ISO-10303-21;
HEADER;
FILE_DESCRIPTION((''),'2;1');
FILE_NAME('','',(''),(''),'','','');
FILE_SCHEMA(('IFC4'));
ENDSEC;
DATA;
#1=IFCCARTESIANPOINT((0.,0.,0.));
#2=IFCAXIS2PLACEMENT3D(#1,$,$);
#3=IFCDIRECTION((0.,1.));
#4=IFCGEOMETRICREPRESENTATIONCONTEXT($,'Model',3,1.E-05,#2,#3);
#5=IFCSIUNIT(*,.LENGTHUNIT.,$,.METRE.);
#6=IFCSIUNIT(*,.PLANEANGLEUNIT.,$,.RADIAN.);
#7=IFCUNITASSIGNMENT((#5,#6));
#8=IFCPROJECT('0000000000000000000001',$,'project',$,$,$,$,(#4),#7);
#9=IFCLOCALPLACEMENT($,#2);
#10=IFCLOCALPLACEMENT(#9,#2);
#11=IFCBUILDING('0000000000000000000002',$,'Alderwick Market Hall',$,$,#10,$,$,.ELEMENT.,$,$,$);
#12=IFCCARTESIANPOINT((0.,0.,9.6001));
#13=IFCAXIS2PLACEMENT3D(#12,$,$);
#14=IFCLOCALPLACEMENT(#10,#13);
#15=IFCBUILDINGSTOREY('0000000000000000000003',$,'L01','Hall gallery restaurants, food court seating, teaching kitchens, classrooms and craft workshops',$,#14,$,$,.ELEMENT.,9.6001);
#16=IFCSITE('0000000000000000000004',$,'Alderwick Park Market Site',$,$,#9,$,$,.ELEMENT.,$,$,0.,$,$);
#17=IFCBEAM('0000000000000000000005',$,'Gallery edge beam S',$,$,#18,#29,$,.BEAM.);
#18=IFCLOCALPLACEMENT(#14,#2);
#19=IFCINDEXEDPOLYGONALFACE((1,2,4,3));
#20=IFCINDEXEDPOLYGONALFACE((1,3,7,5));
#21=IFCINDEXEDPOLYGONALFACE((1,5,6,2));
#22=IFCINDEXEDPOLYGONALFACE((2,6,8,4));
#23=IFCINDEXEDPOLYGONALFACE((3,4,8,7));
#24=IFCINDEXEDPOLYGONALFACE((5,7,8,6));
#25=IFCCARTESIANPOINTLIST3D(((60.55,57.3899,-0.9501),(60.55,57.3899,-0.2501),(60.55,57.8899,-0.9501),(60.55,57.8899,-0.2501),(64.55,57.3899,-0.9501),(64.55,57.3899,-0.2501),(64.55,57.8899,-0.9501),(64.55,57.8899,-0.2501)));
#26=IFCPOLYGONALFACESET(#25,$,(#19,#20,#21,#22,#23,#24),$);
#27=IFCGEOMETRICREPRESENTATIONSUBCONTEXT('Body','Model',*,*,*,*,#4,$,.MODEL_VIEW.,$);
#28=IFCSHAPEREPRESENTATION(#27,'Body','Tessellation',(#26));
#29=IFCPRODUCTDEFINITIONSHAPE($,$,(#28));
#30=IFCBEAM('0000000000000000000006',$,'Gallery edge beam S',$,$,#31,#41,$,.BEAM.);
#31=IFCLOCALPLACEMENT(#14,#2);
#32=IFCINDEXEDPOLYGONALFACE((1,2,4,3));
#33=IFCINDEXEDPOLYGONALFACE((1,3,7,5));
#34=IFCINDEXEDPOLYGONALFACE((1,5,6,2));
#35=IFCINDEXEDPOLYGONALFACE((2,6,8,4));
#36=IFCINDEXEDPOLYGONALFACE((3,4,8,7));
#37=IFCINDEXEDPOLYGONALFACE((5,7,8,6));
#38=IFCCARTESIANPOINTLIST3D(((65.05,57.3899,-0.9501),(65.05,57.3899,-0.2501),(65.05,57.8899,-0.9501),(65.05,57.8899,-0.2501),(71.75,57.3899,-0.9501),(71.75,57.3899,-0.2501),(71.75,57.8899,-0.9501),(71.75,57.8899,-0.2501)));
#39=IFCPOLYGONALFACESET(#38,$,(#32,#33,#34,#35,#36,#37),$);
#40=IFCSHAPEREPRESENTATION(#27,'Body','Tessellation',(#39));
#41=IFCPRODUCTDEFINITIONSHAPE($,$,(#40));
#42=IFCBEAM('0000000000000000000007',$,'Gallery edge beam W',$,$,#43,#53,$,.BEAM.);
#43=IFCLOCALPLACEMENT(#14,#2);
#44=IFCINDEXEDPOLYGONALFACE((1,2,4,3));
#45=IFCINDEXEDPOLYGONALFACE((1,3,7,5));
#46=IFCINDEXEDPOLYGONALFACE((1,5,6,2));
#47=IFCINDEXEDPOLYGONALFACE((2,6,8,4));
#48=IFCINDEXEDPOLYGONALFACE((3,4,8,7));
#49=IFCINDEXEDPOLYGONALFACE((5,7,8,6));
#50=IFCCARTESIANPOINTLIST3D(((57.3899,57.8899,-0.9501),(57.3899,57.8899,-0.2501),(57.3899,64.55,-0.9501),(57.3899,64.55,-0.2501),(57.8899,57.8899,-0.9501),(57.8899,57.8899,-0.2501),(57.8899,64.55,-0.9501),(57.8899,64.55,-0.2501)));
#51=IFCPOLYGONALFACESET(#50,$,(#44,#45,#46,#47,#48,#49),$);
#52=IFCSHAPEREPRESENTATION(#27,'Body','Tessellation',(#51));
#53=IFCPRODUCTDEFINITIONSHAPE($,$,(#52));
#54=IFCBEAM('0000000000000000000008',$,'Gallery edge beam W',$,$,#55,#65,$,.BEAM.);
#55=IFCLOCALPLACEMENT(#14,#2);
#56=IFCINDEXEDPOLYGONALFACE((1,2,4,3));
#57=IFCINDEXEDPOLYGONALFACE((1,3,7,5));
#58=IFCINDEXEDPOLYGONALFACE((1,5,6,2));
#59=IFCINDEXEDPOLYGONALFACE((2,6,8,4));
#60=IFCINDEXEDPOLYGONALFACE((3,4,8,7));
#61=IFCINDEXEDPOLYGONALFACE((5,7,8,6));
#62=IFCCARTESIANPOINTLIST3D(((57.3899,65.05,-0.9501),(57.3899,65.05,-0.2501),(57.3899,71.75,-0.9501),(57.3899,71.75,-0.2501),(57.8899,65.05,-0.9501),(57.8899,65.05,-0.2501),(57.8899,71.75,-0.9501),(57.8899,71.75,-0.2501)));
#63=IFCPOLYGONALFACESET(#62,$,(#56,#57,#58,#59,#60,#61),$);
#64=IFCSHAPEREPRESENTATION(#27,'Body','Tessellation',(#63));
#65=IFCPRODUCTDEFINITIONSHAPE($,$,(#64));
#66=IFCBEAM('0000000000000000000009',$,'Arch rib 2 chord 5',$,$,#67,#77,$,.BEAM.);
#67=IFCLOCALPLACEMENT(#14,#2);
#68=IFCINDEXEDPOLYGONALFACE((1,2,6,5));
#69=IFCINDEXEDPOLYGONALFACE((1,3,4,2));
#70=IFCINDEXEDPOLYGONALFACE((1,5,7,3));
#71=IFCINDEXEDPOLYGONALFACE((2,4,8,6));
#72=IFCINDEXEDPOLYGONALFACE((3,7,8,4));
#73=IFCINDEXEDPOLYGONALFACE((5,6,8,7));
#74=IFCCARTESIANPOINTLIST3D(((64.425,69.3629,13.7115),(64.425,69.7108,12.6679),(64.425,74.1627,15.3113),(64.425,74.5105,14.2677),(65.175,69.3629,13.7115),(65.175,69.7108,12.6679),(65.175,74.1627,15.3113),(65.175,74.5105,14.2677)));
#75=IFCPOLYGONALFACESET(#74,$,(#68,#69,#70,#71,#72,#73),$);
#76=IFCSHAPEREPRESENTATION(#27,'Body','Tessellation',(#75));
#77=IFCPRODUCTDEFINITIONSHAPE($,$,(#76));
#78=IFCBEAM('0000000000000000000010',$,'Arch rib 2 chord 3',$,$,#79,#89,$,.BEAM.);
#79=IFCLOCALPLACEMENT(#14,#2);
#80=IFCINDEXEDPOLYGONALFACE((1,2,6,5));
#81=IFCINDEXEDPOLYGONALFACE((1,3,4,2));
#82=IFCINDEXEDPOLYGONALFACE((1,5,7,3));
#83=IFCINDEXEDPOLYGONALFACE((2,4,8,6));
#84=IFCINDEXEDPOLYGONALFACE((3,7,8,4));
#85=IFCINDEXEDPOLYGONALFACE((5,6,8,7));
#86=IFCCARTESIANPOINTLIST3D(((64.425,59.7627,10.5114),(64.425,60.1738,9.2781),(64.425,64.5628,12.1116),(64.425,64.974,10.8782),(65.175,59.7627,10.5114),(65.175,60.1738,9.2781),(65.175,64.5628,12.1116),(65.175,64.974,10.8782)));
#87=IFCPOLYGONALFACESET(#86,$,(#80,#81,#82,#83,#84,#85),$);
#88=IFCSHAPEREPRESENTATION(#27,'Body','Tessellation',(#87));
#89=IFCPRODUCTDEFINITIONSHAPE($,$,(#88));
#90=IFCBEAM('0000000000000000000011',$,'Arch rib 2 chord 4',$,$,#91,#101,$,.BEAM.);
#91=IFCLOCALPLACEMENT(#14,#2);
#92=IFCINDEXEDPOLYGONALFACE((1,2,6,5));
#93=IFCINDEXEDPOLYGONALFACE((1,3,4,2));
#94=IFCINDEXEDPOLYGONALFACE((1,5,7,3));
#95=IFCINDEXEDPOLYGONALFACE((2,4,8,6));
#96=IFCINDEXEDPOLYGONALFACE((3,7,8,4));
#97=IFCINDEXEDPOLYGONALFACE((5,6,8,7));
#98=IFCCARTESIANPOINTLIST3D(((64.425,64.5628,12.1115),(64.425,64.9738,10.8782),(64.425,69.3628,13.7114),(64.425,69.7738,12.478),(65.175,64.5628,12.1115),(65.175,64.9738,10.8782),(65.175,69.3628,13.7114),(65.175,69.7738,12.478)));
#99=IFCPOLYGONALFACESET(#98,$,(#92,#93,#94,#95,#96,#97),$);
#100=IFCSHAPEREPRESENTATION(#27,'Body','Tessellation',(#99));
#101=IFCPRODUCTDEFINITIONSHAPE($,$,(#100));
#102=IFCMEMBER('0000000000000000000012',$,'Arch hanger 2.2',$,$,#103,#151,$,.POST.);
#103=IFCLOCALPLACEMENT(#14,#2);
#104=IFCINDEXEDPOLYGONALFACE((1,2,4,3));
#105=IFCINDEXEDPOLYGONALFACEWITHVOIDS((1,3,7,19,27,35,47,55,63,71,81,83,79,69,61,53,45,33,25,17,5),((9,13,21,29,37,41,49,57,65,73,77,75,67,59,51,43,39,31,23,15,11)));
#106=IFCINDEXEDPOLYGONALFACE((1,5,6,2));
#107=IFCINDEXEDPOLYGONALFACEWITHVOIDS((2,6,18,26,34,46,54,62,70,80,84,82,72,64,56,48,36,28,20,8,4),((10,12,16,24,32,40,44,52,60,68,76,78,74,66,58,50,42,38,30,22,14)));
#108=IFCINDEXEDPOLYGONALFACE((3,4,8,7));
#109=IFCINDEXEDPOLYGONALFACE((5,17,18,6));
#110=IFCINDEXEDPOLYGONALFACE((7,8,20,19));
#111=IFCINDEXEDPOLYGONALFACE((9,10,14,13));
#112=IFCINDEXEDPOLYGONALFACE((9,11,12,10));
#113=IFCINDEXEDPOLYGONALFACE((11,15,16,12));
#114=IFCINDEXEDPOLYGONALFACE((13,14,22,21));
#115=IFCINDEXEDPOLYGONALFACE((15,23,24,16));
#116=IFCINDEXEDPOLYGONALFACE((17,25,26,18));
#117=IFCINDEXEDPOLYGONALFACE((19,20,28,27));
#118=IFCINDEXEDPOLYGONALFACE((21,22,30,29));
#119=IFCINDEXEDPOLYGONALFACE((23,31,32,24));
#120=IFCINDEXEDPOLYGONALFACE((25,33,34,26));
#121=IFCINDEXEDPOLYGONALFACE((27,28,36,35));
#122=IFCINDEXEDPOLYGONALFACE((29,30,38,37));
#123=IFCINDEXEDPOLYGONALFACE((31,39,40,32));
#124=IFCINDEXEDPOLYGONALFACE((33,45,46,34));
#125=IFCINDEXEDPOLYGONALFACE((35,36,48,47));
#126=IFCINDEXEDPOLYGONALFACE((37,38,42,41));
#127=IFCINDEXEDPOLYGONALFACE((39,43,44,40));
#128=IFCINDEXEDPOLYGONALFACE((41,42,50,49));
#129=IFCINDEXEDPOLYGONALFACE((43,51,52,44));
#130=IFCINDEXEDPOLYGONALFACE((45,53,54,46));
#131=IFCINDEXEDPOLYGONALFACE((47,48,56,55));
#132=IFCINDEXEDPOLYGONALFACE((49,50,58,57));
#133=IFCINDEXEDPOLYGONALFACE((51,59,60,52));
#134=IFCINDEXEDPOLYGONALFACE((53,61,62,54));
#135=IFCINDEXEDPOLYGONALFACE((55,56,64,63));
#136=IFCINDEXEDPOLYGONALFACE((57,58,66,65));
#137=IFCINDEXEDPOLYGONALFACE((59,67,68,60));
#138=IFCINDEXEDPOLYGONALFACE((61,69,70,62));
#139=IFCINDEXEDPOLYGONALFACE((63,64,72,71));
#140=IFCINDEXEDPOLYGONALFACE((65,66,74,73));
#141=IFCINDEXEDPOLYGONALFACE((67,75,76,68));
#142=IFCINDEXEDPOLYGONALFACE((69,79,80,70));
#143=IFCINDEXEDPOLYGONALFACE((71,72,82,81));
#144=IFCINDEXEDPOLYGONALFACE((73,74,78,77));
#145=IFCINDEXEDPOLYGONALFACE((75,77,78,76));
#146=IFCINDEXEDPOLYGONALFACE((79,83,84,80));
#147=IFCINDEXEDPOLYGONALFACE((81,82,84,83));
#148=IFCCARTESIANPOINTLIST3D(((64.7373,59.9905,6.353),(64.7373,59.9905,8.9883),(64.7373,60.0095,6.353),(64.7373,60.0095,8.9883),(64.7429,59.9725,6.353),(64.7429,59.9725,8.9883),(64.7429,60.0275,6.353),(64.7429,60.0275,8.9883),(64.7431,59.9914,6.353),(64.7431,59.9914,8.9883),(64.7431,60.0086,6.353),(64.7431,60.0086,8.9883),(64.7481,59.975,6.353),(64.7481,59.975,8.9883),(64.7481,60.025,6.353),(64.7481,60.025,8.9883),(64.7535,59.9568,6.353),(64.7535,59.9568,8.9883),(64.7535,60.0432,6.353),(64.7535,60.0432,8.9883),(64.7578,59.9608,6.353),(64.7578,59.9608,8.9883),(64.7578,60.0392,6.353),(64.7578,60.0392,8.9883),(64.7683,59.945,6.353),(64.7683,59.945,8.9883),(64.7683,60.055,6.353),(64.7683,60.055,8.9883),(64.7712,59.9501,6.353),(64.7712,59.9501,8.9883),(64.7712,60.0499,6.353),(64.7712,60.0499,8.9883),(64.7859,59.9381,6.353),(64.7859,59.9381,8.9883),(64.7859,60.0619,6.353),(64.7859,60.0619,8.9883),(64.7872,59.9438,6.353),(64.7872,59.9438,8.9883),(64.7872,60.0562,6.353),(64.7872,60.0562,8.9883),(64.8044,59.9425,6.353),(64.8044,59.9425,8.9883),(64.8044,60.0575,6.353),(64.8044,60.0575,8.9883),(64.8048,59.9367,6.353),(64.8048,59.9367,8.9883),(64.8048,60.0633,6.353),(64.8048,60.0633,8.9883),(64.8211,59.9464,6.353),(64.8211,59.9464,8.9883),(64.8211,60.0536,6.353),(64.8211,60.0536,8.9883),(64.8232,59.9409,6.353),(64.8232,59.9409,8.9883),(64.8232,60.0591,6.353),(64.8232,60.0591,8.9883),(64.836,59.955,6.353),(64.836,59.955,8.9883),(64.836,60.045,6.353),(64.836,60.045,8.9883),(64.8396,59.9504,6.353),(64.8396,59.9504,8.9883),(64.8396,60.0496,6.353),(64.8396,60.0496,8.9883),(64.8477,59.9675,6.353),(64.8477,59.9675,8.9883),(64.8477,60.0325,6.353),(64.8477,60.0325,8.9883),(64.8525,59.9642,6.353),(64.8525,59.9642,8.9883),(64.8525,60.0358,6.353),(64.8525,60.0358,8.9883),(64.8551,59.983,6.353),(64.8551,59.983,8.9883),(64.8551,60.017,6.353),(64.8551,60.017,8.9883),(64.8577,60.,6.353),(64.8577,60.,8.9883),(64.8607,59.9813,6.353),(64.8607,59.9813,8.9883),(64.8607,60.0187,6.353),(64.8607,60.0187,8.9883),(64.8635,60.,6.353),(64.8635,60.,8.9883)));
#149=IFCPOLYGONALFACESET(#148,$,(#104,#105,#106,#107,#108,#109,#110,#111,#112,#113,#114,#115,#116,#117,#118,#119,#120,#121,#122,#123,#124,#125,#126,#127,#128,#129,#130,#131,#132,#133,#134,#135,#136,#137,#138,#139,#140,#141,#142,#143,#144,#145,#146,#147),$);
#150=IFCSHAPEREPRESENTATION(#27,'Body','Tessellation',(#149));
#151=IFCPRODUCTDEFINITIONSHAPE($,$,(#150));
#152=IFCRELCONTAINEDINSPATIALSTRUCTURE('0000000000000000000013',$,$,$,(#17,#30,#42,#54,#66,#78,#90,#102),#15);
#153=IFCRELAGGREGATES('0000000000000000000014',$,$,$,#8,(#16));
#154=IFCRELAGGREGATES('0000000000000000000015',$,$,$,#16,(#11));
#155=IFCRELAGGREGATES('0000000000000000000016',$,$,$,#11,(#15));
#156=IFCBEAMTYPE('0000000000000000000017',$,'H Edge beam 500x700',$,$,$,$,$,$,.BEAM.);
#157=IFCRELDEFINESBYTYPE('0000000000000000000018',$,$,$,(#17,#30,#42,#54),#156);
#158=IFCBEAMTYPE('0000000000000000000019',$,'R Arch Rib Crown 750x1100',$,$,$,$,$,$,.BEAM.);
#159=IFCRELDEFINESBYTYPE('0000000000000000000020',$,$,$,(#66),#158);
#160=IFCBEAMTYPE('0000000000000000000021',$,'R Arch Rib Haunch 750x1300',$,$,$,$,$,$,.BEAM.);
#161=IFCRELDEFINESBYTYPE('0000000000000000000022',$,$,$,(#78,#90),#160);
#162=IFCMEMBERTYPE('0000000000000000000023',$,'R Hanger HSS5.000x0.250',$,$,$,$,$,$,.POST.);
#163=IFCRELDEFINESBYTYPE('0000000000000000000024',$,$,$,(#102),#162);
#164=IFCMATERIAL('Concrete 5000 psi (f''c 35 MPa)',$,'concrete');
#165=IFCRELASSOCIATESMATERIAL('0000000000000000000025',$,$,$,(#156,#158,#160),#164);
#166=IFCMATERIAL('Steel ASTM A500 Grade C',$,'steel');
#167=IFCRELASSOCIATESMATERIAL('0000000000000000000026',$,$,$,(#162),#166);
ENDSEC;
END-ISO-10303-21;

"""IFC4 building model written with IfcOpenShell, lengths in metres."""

from ifc_helpers import new_model, si_unit, direction, frame, origin, origin_2d, place, context, subcontext, project, spatial, rectangle, hollow_circle, extrude, material, material_profile, profile_set, type_object, element, save


model = new_model("IFC4")

# Units and contexts
model_context = context("Model", 3, precision=1e-05, world=origin(), true_north=direction((0.0, 1.0)))
body_context = subcontext(model_context, "Body", "Model", "MODEL_VIEW")
ifc_project = project(units=[si_unit("LENGTHUNIT", "METRE"), si_unit("PLANEANGLEUNIT", "RADIAN")], contexts=[model_context])

# Site, building, storey
site_placement = place(None, origin())
site = spatial("IfcSite", under=ifc_project, at=site_placement, Name="Alderwick Park Market Site", CompositionType="ELEMENT", RefElevation=0.0)
building_placement = place(site_placement, origin())
building = spatial("IfcBuilding", under=site, at=building_placement, Name="Alderwick Market Hall", CompositionType="ELEMENT")
storey_placement = place(building_placement, frame((0.0, 0.0, 9.6001)))
storey = spatial("IfcBuildingStorey", under=building, at=storey_placement, Name="L01", Description="Hall gallery restaurants, food court seating, teaching kitchens, classrooms and craft workshops", CompositionType="ELEMENT", Elevation=9.6001)

# Beams
ifc_material_1 = material(Name="Concrete 5000 psi (f'c 35 MPa)", Category="concrete")
ifc_material_profile_1 = material_profile(ifc_material_1, rectangle(XDim=0.5, YDim=0.7, at=origin_2d()), Name="RC 500x700")
ifc_profile_set_1 = profile_set([ifc_material_profile_1], Name="Concrete 5000 psi (f'c 35 MPa)")
beam_type_1 = type_object("IfcBeamType", Name="H Edge beam 500x700", PredefinedType="BEAM", material=ifc_profile_set_1)
beam_1_placement = place(storey_placement, frame((60.55, 57.6399, -0.6001), z_axis=(1.0, 0.0, 0.0), x_axis=(0.0, 1.0, 0.0)))
element("IfcBeam", 1, at=beam_1_placement, inside=storey, type_object=beam_type_1, Name="Gallery edge beam S", PredefinedType="BEAM", context=body_context, shape_type="SweptSolid", body=[
    extrude(rectangle(XDim=0.5, YDim=0.7, at=origin_2d()), origin(), (0.0, 0.0, 1.0), 4.0),
])
beam_2_placement = place(storey_placement, frame((65.05, 57.6399, -0.6001), z_axis=(1.0, 0.0, 0.0), x_axis=(0.0, 1.0, 0.0)))
element("IfcBeam", 2, at=beam_2_placement, inside=storey, type_object=beam_type_1, Name="Gallery edge beam S", PredefinedType="BEAM", context=body_context, shape_type="SweptSolid", body=[
    extrude(rectangle(XDim=0.5, YDim=0.7, at=origin_2d()), origin(), (0.0, 0.0, 1.0), 6.7),
])
beam_3_placement = place(storey_placement, frame((57.6399, 57.8899, -0.6001), z_axis=(0.0, 1.0, 0.0), x_axis=(-1.0, 0.0, 0.0)))
element("IfcBeam", 3, at=beam_3_placement, inside=storey, type_object=beam_type_1, Name="Gallery edge beam W", PredefinedType="BEAM", context=body_context, shape_type="SweptSolid", body=[
    extrude(rectangle(XDim=0.5, YDim=0.7, at=origin_2d()), origin(), (0.0, 0.0, 1.0), 6.6602),
])
beam_4_placement = place(storey_placement, frame((57.6399, 65.05, -0.6001), z_axis=(0.0, 1.0, 0.0), x_axis=(-1.0, 0.0, 0.0)))
element("IfcBeam", 4, at=beam_4_placement, inside=storey, type_object=beam_type_1, Name="Gallery edge beam W", PredefinedType="BEAM", context=body_context, shape_type="SweptSolid", body=[
    extrude(rectangle(XDim=0.5, YDim=0.7, at=origin_2d()), origin(), (0.0, 0.0, 1.0), 6.7),
])
ifc_material_profile_2 = material_profile(ifc_material_1, rectangle(XDim=0.75, YDim=1.1001, at=origin_2d()), Name="RC 750x1100")
ifc_profile_set_2 = profile_set([ifc_material_profile_2], Name="Concrete 5000 psi (f'c 35 MPa)")
beam_type_2 = type_object("IfcBeamType", Name="R Arch Rib Crown 750x1100", PredefinedType="BEAM", material=ifc_profile_set_2)
beam_5_placement = place(storey_placement, frame((64.8, 69.5369, 13.1897), z_axis=(0.0, 0.948688, 0.316213), x_axis=(-1.0, 0.0, 0.0)))
element("IfcBeam", 5, at=beam_5_placement, inside=storey, type_object=beam_type_2, Name="Arch rib 2 chord 5", PredefinedType="BEAM", context=body_context, shape_type="SweptSolid", body=[
    extrude(rectangle(XDim=0.75, YDim=1.1001, at=origin_2d()), origin(), (0.0, 0.0, 1.0), 5.0593),
])
ifc_material_profile_3 = material_profile(ifc_material_1, rectangle(XDim=0.75, YDim=1.3, at=origin_2d()), Name="RC 750x1300")
ifc_profile_set_3 = profile_set([ifc_material_profile_3], Name="Concrete 5000 psi (f'c 35 MPa)")
beam_type_3 = type_object("IfcBeamType", Name="R Arch Rib Haunch 750x1300", PredefinedType="BEAM", material=ifc_profile_set_3)
beam_6_placement = place(storey_placement, frame((64.8, 59.9683, 9.8948), z_axis=(0.0, 0.948678, 0.316242), x_axis=(-1.0, 0.0, 0.0)))
element("IfcBeam", 6, at=beam_6_placement, inside=storey, type_object=beam_type_3, Name="Arch rib 2 chord 3", PredefinedType="BEAM", context=body_context, shape_type="SweptSolid", body=[
    extrude(rectangle(XDim=0.75, YDim=1.3, at=origin_2d()), origin(), (0.0, 0.0, 1.0), 5.0598),
])
beam_7_placement = place(storey_placement, frame((64.8, 64.7683, 11.4949), z_axis=(0.0, 0.948693, 0.316199), x_axis=(-1.0, 0.0, 0.0)))
element("IfcBeam", 7, at=beam_7_placement, inside=storey, type_object=beam_type_3, Name="Arch rib 2 chord 4", PredefinedType="BEAM", context=body_context, shape_type="SweptSolid", body=[
    extrude(rectangle(XDim=0.75, YDim=1.3, at=origin_2d()), origin(), (0.0, 0.0, 1.0), 5.0596),
])

# Member
ifc_material_2 = material(Name="Steel ASTM A500 Grade C", Category="steel")
ifc_material_profile_4 = material_profile(ifc_material_2, hollow_circle(Radius=0.0635, WallThickness=0.0059, at=origin_2d()), Name="HSS5.000x0.250")
ifc_profile_set_4 = profile_set([ifc_material_profile_4], Name="Steel ASTM A500 Grade C")
member_type_1 = type_object("IfcMemberType", Name="R Hanger HSS5.000x0.250", PredefinedType="POST", material=ifc_profile_set_4)
member_1_placement = place(storey_placement, frame((64.8, 60.0, 6.353), z_axis=(0.0, 0.0, 1.0), x_axis=(1.0, 0.0, 0.0)))
element("IfcMember", 8, at=member_1_placement, inside=storey, type_object=member_type_1, Name="Arch hanger 2.2", PredefinedType="POST", context=body_context, shape_type="SweptSolid", body=[
    extrude(hollow_circle(Radius=0.0635, WallThickness=0.0059, at=origin_2d()), origin(), (0.0, 0.0, 1.0), 2.6353),
])

save(model, "model.ifc")
